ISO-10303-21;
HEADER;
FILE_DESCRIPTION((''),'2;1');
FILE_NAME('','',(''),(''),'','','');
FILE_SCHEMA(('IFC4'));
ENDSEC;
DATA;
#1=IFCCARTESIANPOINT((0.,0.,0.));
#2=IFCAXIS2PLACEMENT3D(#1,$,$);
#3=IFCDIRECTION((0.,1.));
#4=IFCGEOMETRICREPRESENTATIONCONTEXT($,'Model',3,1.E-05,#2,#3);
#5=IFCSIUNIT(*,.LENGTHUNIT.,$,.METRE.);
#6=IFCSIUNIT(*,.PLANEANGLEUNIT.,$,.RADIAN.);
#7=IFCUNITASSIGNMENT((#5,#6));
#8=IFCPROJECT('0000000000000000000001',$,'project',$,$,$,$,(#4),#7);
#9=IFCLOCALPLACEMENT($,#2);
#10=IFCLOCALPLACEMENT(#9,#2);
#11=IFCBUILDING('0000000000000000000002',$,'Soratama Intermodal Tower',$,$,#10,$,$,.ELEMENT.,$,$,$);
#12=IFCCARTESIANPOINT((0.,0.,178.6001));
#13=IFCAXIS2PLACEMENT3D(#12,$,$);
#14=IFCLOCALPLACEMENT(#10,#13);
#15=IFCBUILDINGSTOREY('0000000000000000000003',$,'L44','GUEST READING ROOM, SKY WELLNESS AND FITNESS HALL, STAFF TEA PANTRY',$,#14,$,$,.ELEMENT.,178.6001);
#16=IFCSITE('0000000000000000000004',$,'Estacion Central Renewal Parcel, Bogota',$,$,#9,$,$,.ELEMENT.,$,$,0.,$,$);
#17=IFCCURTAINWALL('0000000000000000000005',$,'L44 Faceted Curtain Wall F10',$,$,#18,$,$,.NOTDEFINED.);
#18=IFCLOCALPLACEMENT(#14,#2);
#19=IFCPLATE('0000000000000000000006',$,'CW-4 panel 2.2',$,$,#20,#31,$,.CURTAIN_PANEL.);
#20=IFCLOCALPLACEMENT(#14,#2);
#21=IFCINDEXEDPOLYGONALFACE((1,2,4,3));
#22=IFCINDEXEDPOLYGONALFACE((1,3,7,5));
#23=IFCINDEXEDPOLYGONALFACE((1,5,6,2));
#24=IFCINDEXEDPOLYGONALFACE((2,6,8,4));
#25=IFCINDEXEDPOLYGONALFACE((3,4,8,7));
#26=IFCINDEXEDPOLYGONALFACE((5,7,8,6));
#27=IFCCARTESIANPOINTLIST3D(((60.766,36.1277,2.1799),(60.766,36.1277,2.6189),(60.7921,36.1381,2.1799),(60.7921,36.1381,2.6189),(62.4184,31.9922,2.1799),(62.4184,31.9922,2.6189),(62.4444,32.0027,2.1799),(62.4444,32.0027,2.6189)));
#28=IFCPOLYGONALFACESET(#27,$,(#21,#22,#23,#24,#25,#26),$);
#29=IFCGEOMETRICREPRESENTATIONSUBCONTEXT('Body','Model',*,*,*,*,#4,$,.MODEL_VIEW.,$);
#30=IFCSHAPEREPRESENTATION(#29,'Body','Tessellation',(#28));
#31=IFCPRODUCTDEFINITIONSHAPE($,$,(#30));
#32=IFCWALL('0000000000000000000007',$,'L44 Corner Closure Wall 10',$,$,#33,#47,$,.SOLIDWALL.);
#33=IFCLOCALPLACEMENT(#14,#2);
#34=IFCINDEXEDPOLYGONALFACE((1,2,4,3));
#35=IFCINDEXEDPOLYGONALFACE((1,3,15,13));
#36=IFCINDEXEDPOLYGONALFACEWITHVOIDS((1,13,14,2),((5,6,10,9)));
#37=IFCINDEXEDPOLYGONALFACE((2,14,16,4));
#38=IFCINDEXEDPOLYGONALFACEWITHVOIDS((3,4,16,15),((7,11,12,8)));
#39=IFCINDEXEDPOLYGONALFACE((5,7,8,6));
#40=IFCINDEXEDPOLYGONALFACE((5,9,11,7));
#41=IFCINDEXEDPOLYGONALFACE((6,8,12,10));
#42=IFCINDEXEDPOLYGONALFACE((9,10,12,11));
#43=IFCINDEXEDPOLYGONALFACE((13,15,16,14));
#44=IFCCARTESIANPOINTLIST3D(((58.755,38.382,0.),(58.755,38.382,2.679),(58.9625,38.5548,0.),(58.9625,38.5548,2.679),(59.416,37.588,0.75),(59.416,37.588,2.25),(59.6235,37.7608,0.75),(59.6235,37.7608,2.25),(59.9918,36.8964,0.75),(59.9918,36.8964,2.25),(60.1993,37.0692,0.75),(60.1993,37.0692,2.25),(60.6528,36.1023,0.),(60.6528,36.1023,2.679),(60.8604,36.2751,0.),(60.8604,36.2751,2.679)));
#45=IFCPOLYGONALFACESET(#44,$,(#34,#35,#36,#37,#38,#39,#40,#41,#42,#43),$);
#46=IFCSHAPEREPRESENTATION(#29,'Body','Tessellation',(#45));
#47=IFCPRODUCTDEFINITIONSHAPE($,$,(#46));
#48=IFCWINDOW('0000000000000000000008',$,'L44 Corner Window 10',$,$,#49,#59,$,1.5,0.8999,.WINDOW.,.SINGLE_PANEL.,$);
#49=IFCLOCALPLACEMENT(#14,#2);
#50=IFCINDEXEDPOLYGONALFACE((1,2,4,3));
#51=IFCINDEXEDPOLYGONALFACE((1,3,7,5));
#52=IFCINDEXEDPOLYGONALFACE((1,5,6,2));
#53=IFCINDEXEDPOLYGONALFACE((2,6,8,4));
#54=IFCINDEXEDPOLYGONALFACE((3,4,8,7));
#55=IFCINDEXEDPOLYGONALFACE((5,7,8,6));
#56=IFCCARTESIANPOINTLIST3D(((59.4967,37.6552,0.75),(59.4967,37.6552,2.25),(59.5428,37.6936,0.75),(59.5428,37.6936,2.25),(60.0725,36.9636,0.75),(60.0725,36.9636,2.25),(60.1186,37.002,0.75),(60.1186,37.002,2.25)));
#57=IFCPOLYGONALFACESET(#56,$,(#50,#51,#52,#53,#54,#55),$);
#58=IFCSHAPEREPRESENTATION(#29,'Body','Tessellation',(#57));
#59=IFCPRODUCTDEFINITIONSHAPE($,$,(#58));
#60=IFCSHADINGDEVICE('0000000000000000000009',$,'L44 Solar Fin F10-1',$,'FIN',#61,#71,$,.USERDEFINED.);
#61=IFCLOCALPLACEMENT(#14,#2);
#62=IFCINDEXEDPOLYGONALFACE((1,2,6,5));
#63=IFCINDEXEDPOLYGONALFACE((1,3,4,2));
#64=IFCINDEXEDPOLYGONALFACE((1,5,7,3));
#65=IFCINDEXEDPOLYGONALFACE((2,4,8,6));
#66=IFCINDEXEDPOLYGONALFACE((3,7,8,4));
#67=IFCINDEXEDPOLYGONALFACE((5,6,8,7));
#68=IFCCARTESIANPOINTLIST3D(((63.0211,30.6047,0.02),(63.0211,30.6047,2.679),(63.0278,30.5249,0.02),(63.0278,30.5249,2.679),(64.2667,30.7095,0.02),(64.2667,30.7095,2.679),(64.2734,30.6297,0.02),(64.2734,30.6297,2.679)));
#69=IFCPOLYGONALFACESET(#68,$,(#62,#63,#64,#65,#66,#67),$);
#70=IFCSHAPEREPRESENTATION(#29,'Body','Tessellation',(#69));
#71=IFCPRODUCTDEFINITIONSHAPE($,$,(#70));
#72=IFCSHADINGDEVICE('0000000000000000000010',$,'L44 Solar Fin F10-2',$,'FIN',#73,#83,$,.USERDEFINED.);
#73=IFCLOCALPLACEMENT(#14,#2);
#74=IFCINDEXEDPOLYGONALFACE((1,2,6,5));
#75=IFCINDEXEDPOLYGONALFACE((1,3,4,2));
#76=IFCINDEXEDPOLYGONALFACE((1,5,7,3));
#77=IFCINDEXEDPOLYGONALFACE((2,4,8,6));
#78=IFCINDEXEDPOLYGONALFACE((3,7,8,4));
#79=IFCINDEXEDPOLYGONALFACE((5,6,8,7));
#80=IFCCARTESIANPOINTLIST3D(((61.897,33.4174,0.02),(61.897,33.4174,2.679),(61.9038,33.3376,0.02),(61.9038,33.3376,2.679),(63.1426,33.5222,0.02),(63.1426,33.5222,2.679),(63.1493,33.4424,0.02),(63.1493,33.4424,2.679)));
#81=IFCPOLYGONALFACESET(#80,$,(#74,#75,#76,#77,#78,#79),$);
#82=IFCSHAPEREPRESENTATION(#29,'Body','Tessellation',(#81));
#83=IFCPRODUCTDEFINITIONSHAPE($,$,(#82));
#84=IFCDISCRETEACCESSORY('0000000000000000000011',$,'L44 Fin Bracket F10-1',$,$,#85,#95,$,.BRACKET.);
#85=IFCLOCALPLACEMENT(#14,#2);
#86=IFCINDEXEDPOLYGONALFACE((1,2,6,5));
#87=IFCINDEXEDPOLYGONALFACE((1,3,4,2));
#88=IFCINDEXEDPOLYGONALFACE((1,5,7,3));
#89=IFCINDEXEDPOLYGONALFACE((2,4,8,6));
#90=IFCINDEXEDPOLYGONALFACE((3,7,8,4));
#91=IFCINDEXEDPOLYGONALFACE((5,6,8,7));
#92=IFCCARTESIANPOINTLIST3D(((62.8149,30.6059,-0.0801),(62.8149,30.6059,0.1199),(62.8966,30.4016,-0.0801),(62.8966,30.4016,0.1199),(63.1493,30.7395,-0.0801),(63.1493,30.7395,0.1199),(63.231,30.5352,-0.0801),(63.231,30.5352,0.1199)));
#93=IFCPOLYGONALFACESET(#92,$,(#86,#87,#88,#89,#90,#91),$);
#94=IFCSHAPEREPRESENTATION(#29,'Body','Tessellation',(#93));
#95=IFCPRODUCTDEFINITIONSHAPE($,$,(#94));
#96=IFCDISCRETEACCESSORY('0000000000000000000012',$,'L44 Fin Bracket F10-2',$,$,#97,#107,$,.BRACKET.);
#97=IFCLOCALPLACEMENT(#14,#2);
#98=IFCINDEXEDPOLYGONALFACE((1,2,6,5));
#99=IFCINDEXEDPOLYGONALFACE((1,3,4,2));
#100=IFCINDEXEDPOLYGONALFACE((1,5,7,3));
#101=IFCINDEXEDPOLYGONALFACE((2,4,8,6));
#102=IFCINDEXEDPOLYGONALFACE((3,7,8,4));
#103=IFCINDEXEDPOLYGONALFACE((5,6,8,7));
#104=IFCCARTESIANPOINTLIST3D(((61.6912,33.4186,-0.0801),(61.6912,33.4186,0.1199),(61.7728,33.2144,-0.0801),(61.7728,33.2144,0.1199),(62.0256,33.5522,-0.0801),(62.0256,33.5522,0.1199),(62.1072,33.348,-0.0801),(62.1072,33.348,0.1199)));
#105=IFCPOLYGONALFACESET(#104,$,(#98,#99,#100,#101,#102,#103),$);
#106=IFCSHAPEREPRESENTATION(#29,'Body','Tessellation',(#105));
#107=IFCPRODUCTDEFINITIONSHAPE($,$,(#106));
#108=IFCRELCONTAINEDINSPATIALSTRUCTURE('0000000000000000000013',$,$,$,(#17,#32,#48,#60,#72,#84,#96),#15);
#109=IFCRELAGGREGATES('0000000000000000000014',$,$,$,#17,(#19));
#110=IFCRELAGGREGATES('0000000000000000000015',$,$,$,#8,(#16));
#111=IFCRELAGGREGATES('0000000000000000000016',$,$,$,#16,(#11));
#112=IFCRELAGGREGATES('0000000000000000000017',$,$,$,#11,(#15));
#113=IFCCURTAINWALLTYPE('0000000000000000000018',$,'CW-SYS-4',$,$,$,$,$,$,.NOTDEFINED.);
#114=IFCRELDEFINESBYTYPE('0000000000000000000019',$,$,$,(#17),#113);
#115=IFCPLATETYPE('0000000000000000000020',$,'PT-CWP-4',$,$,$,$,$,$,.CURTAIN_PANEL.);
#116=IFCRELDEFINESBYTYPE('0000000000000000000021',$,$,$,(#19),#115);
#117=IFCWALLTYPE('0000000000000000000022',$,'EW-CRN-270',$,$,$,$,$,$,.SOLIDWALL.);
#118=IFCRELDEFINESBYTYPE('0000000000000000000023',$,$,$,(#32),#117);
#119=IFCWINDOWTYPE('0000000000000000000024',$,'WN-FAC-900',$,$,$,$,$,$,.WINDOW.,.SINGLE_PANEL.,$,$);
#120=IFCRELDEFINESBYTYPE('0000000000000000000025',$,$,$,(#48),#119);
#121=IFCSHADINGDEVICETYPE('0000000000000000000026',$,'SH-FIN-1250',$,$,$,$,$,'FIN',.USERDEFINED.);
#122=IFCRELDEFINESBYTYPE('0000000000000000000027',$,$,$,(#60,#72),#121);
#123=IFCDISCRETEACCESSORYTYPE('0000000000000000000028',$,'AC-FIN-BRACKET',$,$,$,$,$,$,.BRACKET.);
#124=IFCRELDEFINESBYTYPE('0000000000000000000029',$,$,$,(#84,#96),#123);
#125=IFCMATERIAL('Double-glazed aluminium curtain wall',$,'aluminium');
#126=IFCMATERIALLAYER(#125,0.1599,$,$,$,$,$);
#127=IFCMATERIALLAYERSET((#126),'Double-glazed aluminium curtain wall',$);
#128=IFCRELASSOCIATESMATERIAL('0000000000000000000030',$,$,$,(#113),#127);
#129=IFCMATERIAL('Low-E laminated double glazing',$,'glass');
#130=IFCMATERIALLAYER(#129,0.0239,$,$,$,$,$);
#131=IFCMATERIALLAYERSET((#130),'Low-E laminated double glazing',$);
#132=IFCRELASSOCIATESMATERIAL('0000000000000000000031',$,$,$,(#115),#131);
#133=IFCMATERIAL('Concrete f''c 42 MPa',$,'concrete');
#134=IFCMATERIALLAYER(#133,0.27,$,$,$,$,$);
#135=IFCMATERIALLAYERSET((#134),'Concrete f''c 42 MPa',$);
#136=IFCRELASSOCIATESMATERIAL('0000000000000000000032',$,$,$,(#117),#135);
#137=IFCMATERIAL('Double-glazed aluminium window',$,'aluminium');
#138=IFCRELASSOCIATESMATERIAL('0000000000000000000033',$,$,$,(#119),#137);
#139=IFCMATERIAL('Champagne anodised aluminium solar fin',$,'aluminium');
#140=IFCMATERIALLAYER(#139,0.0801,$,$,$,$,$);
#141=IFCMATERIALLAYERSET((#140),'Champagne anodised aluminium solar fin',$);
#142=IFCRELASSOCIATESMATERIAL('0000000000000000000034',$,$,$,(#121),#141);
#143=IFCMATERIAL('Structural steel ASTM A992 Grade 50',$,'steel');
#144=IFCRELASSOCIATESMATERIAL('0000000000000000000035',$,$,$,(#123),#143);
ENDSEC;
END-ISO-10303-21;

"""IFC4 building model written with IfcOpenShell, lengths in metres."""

from ifc_helpers import new_model, si_unit, direction, frame, frame_2d, origin, origin_2d, place, context, subcontext, project, spatial, rectangle, extrude, material, layer, layer_set, type_object, element, fill, aggregate, save


model = new_model("IFC4")

# Units and contexts
model_context = context("Model", 3, precision=1e-05, world=origin(), true_north=direction((0.0, 1.0)))
body_context = subcontext(model_context, "Body", "Model", "MODEL_VIEW")
ifc_project = project(units=[si_unit("LENGTHUNIT", "METRE"), si_unit("PLANEANGLEUNIT", "RADIAN")], contexts=[model_context])

# Site, building, storey
site_placement = place(None, origin())
site = spatial("IfcSite", under=ifc_project, at=site_placement, Name="Estacion Central Renewal Parcel, Bogota", CompositionType="ELEMENT", RefElevation=0.0)
building_placement = place(site_placement, origin())
building = spatial("IfcBuilding", under=site, at=building_placement, Name="Soratama Intermodal Tower", CompositionType="ELEMENT")
storey_placement = place(building_placement, frame((0.0, 0.0, 178.6001)))
storey = spatial("IfcBuildingStorey", under=building, at=storey_placement, Name="L44", Description="GUEST READING ROOM, SKY WELLNESS AND FITNESS HALL, STAFF TEA PANTRY", CompositionType="ELEMENT", Elevation=178.6001)

# Shared definitions
ifc_material_1 = material(Name="Double-glazed aluminium curtain wall", Category="aluminium")
ifc_layer_1 = layer(ifc_material_1, 0.1599)
ifc_layer_set_1 = layer_set([ifc_layer_1], Name="Double-glazed aluminium curtain wall")
curtain_wall_type = type_object("IfcCurtainWallType", Name="CW-SYS-4", PredefinedType="NOTDEFINED", material=ifc_layer_set_1)

# Curtain wall
curtain_wall_1_placement = place(storey_placement, origin())
curtain_wall_1 = element("IfcCurtainWall", 1, at=curtain_wall_1_placement, inside=storey, type_object=curtain_wall_type, Name="L44 Faceted Curtain Wall F10", PredefinedType="NOTDEFINED")

# Plate
ifc_material_2 = material(Name="Low-E laminated double glazing", Category="glass")
ifc_layer_2 = layer(ifc_material_2, 0.0239)
ifc_layer_set_2 = layer_set([ifc_layer_2], Name="Low-E laminated double glazing")
plate_type = type_object("IfcPlateType", Name="PT-CWP-4", PredefinedType="CURTAIN_PANEL", material=ifc_layer_set_2)
plate_1_placement = place(storey_placement, frame((61.6052, 34.0652, 2.1799), z_axis=(0.0, 0.0, 1.0), x_axis=(-0.371038, 0.928618, 0.0)))
plate_1 = element("IfcPlate", 2, at=plate_1_placement, type_object=plate_type, Name="CW-4 panel 2.2", PredefinedType="CURTAIN_PANEL", context=body_context, shape_type="SweptSolid", body=[
    extrude(rectangle(XDim=4.4534, YDim=0.0281, at=origin_2d()), origin(), (0.0, 0.0, 1.0), 0.439),
])
aggregate(curtain_wall_1, [plate_1])

# Wall, opening, window
ifc_material_3 = material(Name="Concrete f'c 42 MPa", Category="concrete")
ifc_layer_3 = layer(ifc_material_3, 0.27)
ifc_layer_set_3 = layer_set([ifc_layer_3], Name="Concrete f'c 42 MPa")
wall_type = type_object("IfcWallType", Name="EW-CRN-270", PredefinedType="SOLIDWALL", material=ifc_layer_set_3)
wall_placement = place(storey_placement, frame((60.7566, 36.1887, 0.0), z_axis=(0.0, 0.0, 1.0), x_axis=(-0.639812, 0.768532, 0.0)))
wall = element("IfcWall", 3, at=wall_placement, inside=storey, type_object=wall_type, Name="L44 Corner Closure Wall 10", PredefinedType="SOLIDWALL", context=body_context, shape_type="SweptSolid", body=[
    extrude(rectangle(XDim=2.9663, YDim=0.27, at=frame_2d((1.4832, 0.0))), origin(), (0.0, 0.0, 1.0), 2.679),
])
opening_placement = place(wall_placement, frame((1.0332, 0.0, 0.75)))
opening = element("IfcOpeningElement", 4, at=opening_placement, cuts=wall, PredefinedType="OPENING", context=body_context, shape_type="SweptSolid", body=[
    extrude(rectangle(XDim=0.8999, YDim=1.5, at=frame_2d((0.45, 0.75))), frame((0.0, 0.145, 0.0), z_axis=(0.0, -1.0, 0.0), x_axis=(1.0, 0.0, 0.0)), (0.0, 0.0, 1.0), 0.29),
])
ifc_material_4 = material(Name="Double-glazed aluminium window", Category="aluminium")
window_type = type_object("IfcWindowType", Name="WN-FAC-900", PartitioningType="SINGLE_PANEL", PredefinedType="WINDOW", material=ifc_material_4)
window_placement = place(opening_placement, origin())
window = element("IfcWindow", 5, at=window_placement, inside=storey, type_object=window_type, Name="L44 Corner Window 10", OverallHeight=1.5, OverallWidth=0.8999, PartitioningType="SINGLE_PANEL", PredefinedType="WINDOW", context=body_context, shape_type="SweptSolid", body=[
    extrude(rectangle(XDim=0.8999, YDim=1.5, at=frame_2d((0.45, 0.75))), frame((0.0, 0.03, 0.0), z_axis=(0.0, -1.0, 0.0), x_axis=(1.0, 0.0, 0.0)), (0.0, 0.0, 1.0), 0.0601),
])
fill(opening, window)

# Shading devices
ifc_material_5 = material(Name="Champagne anodised aluminium solar fin", Category="aluminium")
ifc_layer_4 = layer(ifc_material_5, 0.0801)
ifc_layer_set_4 = layer_set([ifc_layer_4], Name="Champagne anodised aluminium solar fin")
shading_device_type = type_object("IfcShadingDeviceType", Name="SH-FIN-1250", ElementType="FIN", PredefinedType="USERDEFINED", material=ifc_layer_set_4)
for number, where, z_axis, x_axis, name in (
    (6, (63.6472, 30.6172, 0.02), (0.0, 0.0, 1.0), (0.996478, 0.083852, 0.0), "L44 Solar Fin F10-1"),
    (7, (62.5232, 33.4299, 0.02), (0.0, 0.0, 1.0), (0.996478, 0.083852, 0.0), "L44 Solar Fin F10-2"),
):
    element("IfcShadingDevice", number, at=place(storey_placement, frame(where, z_axis=z_axis, x_axis=x_axis)), inside=storey, type_object=shading_device_type, Name=name, ObjectType="FIN", PredefinedType="USERDEFINED", context=body_context, shape_type="SweptSolid", body=[
        extrude(rectangle(XDim=1.25, YDim=0.0801, at=origin_2d()), origin(), (0.0, 0.0, 1.0), 2.6589),
    ])

# Discrete accessories
ifc_material_6 = material(Name="Structural steel ASTM A992 Grade 50", Category="steel")
discrete_accessory_type = type_object("IfcDiscreteAccessoryType", Name="AC-FIN-BRACKET", PredefinedType="BRACKET", material=ifc_material_6)
for number, where, z_axis, x_axis, name in (
    (8, (63.0229, 30.5706, -0.0801), (0.0, 0.0, 1.0), (0.928615, 0.371044, 0.0), "L44 Fin Bracket F10-1"),
    (9, (61.8992, 33.3833, -0.0801), (0.0, 0.0, 1.0), (0.928615, 0.371044, 0.0), "L44 Fin Bracket F10-2"),
):
    element("IfcDiscreteAccessory", number, at=place(storey_placement, frame(where, z_axis=z_axis, x_axis=x_axis)), inside=storey, type_object=discrete_accessory_type, Name=name, PredefinedType="BRACKET", context=body_context, shape_type="SweptSolid", body=[
        extrude(rectangle(XDim=0.3601, YDim=0.22, at=origin_2d()), origin(), (0.0, 0.0, 1.0), 0.2),
    ])

save(model, "model.ifc")
